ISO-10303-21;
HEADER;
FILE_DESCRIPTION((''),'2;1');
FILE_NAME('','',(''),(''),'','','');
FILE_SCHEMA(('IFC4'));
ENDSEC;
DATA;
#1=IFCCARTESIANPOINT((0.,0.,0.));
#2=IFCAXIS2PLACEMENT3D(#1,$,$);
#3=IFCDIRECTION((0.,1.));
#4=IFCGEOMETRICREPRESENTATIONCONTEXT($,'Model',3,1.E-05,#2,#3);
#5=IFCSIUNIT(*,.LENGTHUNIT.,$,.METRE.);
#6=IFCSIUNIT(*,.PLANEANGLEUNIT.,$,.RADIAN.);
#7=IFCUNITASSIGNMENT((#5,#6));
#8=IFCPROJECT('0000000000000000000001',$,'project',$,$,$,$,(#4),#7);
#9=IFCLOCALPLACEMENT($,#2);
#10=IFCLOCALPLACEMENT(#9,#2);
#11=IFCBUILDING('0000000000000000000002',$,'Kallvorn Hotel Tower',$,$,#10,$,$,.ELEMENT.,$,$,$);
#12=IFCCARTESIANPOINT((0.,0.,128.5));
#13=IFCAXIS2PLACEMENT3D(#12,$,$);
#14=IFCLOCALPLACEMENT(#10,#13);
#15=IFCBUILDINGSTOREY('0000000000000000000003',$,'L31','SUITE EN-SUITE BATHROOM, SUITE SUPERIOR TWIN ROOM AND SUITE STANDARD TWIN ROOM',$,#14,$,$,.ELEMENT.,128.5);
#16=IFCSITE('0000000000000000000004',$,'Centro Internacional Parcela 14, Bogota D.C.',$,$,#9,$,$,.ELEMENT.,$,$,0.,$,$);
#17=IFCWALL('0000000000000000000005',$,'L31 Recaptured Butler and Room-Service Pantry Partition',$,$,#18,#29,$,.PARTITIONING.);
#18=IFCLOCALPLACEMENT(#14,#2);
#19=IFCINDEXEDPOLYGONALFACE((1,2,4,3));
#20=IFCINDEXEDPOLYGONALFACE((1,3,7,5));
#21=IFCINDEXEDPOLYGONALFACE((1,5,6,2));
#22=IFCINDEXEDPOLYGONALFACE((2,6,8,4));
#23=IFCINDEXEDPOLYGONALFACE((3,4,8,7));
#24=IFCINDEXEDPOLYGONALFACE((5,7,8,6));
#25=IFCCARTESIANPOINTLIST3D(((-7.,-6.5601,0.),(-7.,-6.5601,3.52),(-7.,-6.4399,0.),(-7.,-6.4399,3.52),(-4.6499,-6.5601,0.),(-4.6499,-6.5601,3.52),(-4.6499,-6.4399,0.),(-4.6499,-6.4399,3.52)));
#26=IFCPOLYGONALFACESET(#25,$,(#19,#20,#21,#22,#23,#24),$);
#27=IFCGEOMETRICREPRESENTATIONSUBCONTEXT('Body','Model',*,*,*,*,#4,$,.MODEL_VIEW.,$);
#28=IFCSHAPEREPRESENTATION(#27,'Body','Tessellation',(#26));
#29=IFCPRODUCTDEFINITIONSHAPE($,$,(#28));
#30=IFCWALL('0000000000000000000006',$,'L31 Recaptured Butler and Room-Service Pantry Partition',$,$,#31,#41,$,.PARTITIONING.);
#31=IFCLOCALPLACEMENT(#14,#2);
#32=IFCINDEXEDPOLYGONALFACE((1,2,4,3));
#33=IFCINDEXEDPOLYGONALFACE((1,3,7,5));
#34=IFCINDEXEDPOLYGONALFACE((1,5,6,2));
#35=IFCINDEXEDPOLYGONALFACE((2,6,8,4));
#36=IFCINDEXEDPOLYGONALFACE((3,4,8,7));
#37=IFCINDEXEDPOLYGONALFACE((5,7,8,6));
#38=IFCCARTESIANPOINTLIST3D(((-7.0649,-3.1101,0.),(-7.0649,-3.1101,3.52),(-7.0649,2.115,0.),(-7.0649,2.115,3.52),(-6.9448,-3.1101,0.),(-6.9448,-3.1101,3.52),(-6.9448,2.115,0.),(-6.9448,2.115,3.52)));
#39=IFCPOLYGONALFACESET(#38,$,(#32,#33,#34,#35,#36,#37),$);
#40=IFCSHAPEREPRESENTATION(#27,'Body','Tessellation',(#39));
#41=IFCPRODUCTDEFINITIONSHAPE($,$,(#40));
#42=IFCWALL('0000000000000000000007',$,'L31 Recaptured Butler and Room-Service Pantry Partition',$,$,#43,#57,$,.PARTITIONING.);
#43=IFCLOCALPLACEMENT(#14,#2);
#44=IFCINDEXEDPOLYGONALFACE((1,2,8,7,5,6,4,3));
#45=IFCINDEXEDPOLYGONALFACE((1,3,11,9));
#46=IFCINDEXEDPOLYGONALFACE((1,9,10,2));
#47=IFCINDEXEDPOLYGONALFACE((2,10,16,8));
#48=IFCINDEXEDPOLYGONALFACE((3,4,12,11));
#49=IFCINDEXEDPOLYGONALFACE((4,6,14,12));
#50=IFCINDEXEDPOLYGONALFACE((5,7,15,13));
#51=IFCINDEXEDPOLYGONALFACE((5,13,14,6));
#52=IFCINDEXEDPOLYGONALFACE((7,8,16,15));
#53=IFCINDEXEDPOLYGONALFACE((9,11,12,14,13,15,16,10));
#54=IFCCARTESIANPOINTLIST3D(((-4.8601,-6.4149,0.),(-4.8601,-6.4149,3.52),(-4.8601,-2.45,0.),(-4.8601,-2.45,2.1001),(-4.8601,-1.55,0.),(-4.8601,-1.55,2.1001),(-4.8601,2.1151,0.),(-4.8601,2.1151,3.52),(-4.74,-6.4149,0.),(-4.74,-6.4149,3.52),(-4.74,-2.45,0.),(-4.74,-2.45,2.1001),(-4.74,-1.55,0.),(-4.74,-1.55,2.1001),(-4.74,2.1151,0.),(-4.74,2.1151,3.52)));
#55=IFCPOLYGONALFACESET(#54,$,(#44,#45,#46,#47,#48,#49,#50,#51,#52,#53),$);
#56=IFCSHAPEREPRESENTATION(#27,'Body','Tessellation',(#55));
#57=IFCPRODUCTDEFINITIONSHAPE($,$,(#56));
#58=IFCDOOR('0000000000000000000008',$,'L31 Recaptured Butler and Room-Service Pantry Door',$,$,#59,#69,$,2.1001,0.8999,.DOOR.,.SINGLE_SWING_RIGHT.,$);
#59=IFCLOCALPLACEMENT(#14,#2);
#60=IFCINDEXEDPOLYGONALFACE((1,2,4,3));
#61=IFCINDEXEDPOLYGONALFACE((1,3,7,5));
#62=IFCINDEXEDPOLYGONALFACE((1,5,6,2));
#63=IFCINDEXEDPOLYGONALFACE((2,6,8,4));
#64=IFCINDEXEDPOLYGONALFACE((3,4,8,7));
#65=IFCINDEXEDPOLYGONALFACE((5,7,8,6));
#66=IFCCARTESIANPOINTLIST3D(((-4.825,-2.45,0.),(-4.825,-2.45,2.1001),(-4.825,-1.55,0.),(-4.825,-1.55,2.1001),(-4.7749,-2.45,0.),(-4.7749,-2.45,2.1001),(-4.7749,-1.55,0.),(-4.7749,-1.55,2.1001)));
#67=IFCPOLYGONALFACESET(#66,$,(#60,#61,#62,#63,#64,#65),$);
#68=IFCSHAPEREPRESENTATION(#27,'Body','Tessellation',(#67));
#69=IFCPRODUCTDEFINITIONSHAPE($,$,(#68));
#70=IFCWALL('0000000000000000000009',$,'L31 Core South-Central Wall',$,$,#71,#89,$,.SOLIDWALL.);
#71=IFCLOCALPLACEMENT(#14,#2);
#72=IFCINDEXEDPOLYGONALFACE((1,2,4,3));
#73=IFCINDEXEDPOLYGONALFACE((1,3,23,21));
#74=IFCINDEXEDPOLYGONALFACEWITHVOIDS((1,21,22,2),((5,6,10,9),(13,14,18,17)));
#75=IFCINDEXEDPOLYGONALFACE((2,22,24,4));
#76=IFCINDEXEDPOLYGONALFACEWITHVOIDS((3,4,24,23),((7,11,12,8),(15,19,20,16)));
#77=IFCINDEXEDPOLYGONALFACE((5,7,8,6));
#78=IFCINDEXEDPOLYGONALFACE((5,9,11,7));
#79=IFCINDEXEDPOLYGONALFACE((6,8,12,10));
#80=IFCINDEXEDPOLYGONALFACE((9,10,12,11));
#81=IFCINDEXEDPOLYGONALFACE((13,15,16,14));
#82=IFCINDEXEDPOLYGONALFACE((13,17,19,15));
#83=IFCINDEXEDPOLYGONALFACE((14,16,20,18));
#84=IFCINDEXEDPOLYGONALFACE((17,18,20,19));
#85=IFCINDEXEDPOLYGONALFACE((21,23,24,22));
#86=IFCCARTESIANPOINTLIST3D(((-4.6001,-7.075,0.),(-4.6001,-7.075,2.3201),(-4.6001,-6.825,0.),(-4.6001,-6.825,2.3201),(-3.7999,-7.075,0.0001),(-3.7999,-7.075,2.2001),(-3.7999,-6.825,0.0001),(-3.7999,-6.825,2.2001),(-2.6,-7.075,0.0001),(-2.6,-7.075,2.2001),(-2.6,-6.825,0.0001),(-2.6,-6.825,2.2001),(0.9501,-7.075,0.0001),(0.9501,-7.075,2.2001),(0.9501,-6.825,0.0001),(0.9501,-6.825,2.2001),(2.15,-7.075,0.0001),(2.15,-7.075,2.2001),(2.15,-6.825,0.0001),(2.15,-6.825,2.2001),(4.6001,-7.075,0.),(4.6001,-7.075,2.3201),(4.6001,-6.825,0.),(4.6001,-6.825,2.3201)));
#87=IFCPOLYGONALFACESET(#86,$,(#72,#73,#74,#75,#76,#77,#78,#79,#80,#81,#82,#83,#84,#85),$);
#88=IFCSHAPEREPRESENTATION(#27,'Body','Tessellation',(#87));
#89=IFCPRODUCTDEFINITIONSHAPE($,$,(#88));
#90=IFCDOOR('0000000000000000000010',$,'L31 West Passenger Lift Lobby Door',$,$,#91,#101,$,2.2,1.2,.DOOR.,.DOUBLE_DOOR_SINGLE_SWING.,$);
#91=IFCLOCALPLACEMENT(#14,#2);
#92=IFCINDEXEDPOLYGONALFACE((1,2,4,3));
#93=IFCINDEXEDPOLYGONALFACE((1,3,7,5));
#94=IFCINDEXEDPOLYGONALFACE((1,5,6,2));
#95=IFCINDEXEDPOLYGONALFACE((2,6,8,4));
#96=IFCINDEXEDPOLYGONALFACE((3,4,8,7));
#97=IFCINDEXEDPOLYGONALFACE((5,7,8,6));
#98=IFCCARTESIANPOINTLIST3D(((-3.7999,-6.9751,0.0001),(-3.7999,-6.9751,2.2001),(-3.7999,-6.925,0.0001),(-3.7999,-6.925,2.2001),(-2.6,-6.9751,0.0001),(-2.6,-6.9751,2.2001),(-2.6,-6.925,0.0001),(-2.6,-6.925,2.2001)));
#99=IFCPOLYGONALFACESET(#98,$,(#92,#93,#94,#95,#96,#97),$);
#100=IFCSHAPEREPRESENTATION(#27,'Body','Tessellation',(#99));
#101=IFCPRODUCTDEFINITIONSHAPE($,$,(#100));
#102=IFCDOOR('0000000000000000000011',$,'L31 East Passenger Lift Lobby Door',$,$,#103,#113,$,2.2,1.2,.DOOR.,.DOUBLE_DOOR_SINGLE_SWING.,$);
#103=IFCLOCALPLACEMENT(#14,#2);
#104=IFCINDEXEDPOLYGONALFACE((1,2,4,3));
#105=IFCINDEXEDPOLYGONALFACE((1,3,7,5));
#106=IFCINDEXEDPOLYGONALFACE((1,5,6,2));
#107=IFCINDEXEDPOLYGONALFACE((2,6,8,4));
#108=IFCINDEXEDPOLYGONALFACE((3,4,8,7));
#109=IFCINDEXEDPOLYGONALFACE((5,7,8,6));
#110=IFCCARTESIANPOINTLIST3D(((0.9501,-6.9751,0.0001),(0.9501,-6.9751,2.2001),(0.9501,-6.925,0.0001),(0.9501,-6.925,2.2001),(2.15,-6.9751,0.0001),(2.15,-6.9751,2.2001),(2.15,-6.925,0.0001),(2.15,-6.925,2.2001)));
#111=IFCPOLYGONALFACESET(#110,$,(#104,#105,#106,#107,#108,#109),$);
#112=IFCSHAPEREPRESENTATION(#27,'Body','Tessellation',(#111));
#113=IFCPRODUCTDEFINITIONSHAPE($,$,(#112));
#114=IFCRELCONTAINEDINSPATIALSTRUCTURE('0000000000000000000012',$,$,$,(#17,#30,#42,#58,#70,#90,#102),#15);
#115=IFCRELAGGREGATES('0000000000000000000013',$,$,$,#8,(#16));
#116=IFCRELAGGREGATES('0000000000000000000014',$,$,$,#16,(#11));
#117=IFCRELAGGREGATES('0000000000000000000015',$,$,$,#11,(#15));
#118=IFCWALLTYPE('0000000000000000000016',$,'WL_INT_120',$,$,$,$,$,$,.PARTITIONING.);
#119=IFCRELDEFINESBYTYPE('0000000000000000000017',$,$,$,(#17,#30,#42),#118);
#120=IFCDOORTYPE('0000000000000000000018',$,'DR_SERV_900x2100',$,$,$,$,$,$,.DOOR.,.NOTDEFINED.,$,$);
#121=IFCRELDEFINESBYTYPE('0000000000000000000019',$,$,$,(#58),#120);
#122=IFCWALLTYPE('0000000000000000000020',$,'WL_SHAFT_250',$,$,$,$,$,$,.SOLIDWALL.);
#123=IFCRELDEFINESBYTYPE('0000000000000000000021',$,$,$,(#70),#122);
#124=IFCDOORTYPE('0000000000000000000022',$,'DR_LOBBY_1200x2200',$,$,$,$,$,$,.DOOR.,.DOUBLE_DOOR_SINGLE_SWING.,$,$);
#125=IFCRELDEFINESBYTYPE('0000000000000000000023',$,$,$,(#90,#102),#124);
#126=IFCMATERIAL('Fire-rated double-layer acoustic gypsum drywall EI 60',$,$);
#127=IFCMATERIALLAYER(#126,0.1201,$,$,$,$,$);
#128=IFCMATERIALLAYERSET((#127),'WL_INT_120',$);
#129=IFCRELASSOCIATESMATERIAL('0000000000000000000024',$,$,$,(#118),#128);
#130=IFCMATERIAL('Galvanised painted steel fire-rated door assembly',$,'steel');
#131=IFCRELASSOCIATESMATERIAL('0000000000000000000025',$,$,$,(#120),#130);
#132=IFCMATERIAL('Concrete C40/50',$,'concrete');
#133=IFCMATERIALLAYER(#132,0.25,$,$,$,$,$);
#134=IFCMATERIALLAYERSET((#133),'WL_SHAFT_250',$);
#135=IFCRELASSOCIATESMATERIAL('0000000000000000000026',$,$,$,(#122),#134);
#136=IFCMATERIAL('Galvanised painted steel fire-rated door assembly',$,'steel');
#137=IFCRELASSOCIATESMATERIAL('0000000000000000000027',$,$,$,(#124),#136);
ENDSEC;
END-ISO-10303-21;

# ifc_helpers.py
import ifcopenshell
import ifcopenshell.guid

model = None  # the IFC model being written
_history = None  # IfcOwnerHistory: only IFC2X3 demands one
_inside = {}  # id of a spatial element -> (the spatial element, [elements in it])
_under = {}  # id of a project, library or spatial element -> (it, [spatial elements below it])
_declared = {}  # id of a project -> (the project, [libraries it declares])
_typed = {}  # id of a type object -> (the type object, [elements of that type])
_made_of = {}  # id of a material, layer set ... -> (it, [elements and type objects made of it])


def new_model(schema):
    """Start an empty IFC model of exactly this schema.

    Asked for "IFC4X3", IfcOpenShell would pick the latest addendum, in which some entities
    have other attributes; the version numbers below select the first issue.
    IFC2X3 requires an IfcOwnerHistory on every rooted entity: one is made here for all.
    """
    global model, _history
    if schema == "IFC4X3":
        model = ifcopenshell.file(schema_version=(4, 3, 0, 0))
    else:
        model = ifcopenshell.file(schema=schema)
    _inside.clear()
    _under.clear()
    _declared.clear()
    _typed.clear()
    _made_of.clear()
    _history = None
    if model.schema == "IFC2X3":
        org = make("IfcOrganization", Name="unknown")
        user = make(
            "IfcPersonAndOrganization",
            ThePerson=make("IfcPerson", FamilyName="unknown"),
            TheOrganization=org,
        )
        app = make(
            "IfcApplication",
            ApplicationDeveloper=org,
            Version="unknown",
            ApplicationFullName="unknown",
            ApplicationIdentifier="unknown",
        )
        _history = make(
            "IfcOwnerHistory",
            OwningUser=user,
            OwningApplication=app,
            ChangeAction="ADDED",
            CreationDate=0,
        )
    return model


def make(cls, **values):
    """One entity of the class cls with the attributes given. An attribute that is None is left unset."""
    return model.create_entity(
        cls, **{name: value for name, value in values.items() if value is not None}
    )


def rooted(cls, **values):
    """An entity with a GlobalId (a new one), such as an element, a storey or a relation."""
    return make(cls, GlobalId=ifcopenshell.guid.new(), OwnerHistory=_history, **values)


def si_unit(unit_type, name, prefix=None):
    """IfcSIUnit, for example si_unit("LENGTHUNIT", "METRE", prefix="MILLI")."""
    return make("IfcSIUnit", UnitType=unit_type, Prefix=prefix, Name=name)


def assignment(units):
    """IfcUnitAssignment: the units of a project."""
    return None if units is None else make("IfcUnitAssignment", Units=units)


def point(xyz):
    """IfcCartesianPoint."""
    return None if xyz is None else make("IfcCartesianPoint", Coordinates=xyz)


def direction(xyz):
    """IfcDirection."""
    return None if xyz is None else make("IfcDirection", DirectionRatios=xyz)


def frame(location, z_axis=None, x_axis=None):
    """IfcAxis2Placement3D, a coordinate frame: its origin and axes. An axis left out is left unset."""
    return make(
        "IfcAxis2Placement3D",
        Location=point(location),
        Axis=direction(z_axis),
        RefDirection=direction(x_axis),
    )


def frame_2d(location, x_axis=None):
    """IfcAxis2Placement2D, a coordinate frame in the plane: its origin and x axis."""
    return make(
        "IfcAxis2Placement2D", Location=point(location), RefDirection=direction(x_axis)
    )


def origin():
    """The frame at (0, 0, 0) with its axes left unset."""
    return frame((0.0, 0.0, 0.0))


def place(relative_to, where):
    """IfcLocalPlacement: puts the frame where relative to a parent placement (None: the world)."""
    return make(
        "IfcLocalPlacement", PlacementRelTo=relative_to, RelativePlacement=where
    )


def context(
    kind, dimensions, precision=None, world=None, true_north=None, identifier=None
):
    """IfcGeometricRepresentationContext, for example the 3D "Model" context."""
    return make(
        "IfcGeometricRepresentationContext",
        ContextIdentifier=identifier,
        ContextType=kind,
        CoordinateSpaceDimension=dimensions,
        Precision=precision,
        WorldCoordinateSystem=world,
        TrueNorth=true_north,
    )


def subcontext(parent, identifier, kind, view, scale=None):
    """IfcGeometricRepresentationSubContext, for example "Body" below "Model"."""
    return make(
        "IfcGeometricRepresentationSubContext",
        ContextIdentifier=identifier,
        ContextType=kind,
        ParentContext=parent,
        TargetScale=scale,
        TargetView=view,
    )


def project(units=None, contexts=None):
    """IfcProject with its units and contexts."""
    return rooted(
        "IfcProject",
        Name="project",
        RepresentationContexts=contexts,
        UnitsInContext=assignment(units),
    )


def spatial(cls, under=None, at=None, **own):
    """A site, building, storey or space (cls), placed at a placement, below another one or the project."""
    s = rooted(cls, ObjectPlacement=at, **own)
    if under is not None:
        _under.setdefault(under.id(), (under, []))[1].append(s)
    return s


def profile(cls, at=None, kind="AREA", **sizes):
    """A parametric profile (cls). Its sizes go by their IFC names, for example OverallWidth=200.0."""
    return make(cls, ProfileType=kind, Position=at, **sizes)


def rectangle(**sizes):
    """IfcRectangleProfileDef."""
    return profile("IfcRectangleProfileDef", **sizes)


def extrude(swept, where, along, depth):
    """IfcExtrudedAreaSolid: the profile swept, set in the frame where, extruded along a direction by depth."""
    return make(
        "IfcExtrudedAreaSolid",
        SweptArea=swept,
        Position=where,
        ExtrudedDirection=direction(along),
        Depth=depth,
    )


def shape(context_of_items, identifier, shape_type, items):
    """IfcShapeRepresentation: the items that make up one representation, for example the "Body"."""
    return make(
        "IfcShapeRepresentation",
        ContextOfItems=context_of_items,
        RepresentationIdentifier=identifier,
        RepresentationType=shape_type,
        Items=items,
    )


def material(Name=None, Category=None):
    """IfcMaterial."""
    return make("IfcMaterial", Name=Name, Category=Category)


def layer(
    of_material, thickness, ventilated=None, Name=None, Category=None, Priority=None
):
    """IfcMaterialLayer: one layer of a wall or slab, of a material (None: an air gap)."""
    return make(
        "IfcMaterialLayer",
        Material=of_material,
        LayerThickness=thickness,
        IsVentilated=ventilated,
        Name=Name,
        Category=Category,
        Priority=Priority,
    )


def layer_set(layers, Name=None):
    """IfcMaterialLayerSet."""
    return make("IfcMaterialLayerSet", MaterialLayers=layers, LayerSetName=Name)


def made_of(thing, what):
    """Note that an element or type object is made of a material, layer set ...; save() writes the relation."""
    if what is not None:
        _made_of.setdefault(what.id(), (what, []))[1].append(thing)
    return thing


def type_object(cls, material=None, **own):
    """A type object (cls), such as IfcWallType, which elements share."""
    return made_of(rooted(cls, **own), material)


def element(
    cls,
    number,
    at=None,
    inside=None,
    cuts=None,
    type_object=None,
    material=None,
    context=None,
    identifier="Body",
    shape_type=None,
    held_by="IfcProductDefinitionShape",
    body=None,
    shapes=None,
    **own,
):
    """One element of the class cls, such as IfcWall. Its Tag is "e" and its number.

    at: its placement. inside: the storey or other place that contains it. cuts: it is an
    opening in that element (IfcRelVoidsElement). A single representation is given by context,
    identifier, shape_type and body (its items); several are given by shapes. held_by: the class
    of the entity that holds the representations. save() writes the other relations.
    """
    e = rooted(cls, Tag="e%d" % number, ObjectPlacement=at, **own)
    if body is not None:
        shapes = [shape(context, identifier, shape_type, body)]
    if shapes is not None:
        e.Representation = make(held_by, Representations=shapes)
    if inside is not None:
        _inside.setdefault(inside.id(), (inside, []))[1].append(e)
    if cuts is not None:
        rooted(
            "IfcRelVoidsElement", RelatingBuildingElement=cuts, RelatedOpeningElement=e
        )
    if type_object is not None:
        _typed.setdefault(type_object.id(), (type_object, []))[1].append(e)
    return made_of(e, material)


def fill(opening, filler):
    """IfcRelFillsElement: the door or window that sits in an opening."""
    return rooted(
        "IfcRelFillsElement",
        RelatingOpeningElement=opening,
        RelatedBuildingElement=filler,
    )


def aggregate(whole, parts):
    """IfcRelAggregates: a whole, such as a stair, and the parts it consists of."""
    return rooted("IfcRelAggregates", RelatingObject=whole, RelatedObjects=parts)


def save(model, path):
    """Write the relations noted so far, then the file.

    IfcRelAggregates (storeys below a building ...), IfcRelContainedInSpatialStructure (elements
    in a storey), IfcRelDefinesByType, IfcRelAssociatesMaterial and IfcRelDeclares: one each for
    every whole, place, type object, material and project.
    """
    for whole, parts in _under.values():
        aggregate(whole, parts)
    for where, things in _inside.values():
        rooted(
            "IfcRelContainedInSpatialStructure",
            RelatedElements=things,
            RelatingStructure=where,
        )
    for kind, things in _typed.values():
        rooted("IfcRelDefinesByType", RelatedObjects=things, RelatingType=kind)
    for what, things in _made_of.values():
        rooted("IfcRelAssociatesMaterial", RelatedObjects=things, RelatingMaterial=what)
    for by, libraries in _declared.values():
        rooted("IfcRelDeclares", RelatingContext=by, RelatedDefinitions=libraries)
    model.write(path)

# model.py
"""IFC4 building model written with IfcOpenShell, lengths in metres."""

from ifc_helpers import new_model, si_unit, direction, frame, frame_2d, origin, place, context, subcontext, project, spatial, rectangle, extrude, material, layer, layer_set, type_object, element, fill, save


model = new_model("IFC4")

# Units and contexts
model_context = context("Model", 3, precision=1e-05, world=origin(), true_north=direction((0.0, 1.0)))
body_context = subcontext(model_context, "Body", "Model", "MODEL_VIEW")
ifc_project = project(units=[si_unit("LENGTHUNIT", "METRE"), si_unit("PLANEANGLEUNIT", "RADIAN")], contexts=[model_context])

# Site, building, storey
site_placement = place(None, origin())
site = spatial("IfcSite", under=ifc_project, at=site_placement, Name="Centro Internacional Parcela 14, Bogota D.C.", CompositionType="ELEMENT", RefElevation=0.0)
building_placement = place(site_placement, origin())
building = spatial("IfcBuilding", under=site, at=building_placement, Name="Kallvorn Hotel Tower", CompositionType="ELEMENT")
storey_placement = place(building_placement, frame((0.0, 0.0, 128.5)))
storey = spatial("IfcBuildingStorey", under=building, at=storey_placement, Name="L31", Description="SUITE EN-SUITE BATHROOM, SUITE SUPERIOR TWIN ROOM AND SUITE STANDARD TWIN ROOM", CompositionType="ELEMENT", Elevation=128.5)

# Walls
ifc_material_1 = material(Name="Fire-rated double-layer acoustic gypsum drywall EI 60")
ifc_layer_1 = layer(ifc_material_1, 0.1201)
ifc_layer_set_1 = layer_set([ifc_layer_1], Name="WL_INT_120")
wall_type_1 = type_object("IfcWallType", Name="WL_INT_120", PredefinedType="PARTITIONING", material=ifc_layer_set_1)
wall_1_placement = place(storey_placement, frame((-7.0, -6.5, 0.0), z_axis=(0.0, 0.0, 1.0), x_axis=(1.0, 0.0, 0.0)))
element("IfcWall", 1, at=wall_1_placement, inside=storey, type_object=wall_type_1, Name="L31 Recaptured Butler and Room-Service Pantry Partition", PredefinedType="PARTITIONING", context=body_context, shape_type="SweptSolid", body=[
    extrude(rectangle(XDim=2.3501, YDim=0.1201, at=frame_2d((1.175, 0.0))), origin(), (0.0, 0.0, 1.0), 3.52),
])
wall_2_placement = place(storey_placement, frame((-7.0049, -3.1101, 0.0), z_axis=(0.0, 0.0, 1.0), x_axis=(0.0, 1.0, 0.0)))
element("IfcWall", 2, at=wall_2_placement, inside=storey, type_object=wall_type_1, Name="L31 Recaptured Butler and Room-Service Pantry Partition", PredefinedType="PARTITIONING", context=body_context, shape_type="SweptSolid", body=[
    extrude(rectangle(XDim=5.2251, YDim=0.1201, at=frame_2d((2.6125, 0.0))), origin(), (0.0, 0.0, 1.0), 3.52),
])

# Wall, opening, door
wall_3_placement = place(storey_placement, frame((-4.8, -6.415, 0.0), z_axis=(0.0, 0.0, 1.0), x_axis=(0.0, 1.0, 0.0)))
wall_3 = element("IfcWall", 3, at=wall_3_placement, inside=storey, type_object=wall_type_1, Name="L31 Recaptured Butler and Room-Service Pantry Partition", PredefinedType="PARTITIONING", context=body_context, shape_type="SweptSolid", body=[
    extrude(rectangle(XDim=8.53, YDim=0.1201, at=frame_2d((4.2651, 0.0))), origin(), (0.0, 0.0, 1.0), 3.52),
])
opening_1_placement = place(wall_3_placement, frame((3.9651, 0.0, 0.0)))
opening_1 = element("IfcOpeningElement", 4, at=opening_1_placement, cuts=wall_3, PredefinedType="OPENING", context=body_context, shape_type="SweptSolid", body=[
    extrude(rectangle(XDim=0.8999, YDim=2.1001, at=frame_2d((0.45, 1.05))), frame((0.0, 0.075, 0.0), z_axis=(0.0, -1.0, 0.0), x_axis=(1.0, 0.0, 0.0)), (0.0, 0.0, 1.0), 0.1501),
])
ifc_material_2 = material(Name="Galvanised painted steel fire-rated door assembly", Category="steel")
door_type_1 = type_object("IfcDoorType", Name="DR_SERV_900x2100", OperationType="NOTDEFINED", PredefinedType="DOOR", material=ifc_material_2)
door_1_placement = place(opening_1_placement, origin())
door_1 = element("IfcDoor", 5, at=door_1_placement, inside=storey, type_object=door_type_1, Name="L31 Recaptured Butler and Room-Service Pantry Door", OperationType="SINGLE_SWING_RIGHT", OverallHeight=2.1001, OverallWidth=0.8999, PredefinedType="DOOR", context=body_context, shape_type="SweptSolid", body=[
    extrude(rectangle(XDim=0.8999, YDim=2.1001, at=frame_2d((0.45, 1.05))), frame((0.0, 0.0249, 0.0), z_axis=(0.0, -1.0, 0.0), x_axis=(1.0, 0.0, 0.0)), (0.0, 0.0, 1.0), 0.05),
])
fill(opening_1, door_1)

# Wall, openings, doors
ifc_material_3 = material(Name="Concrete C40/50", Category="concrete")
ifc_layer_2 = layer(ifc_material_3, 0.25)
ifc_layer_set_2 = layer_set([ifc_layer_2], Name="WL_SHAFT_250")
wall_type_2 = type_object("IfcWallType", Name="WL_SHAFT_250", PredefinedType="SOLIDWALL", material=ifc_layer_set_2)
wall_4_placement = place(storey_placement, frame((-4.6001, -6.95, 0.0), z_axis=(0.0, 0.0, 1.0), x_axis=(1.0, 0.0, 0.0)))
wall_4 = element("IfcWall", 6, at=wall_4_placement, inside=storey, type_object=wall_type_2, Name="L31 Core South-Central Wall", PredefinedType="SOLIDWALL", context=body_context, shape_type="SweptSolid", body=[
    extrude(rectangle(XDim=9.2002, YDim=0.25, at=frame_2d((4.6001, 0.0))), origin(), (0.0, 0.0, 1.0), 2.3201),
])
opening_2_placement = place(wall_4_placement, frame((0.8, 0.0, 0.0)))
opening_2 = element("IfcOpeningElement", 7, at=opening_2_placement, cuts=wall_4, PredefinedType="OPENING", context=body_context, shape_type="SweptSolid", body=[
    extrude(rectangle(XDim=1.2, YDim=2.2, at=frame_2d((0.6001, 1.1001))), frame((0.0, 0.1399, 0.0), z_axis=(0.0, -1.0, 0.0), x_axis=(1.0, 0.0, 0.0)), (0.0, 0.0, 1.0), 0.28),
])
opening_3_placement = place(wall_4_placement, frame((5.55, 0.0, 0.0)))
opening_3 = element("IfcOpeningElement", 8, at=opening_3_placement, cuts=wall_4, PredefinedType="OPENING", context=body_context, shape_type="SweptSolid", body=[
    extrude(rectangle(XDim=1.2, YDim=2.2, at=frame_2d((0.6001, 1.1001))), frame((0.0, 0.1399, 0.0), z_axis=(0.0, -1.0, 0.0), x_axis=(1.0, 0.0, 0.0)), (0.0, 0.0, 1.0), 0.28),
])
ifc_material_4 = material(Name="Galvanised painted steel fire-rated door assembly", Category="steel")
door_type_2 = type_object("IfcDoorType", Name="DR_LOBBY_1200x2200", OperationType="DOUBLE_DOOR_SINGLE_SWING", PredefinedType="DOOR", material=ifc_material_4)
door_2_placement = place(opening_2_placement, origin())
door_2 = element("IfcDoor", 9, at=door_2_placement, inside=storey, type_object=door_type_2, Name="L31 West Passenger Lift Lobby Door", OperationType="DOUBLE_DOOR_SINGLE_SWING", OverallHeight=2.2, OverallWidth=1.2, PredefinedType="DOOR", context=body_context, shape_type="SweptSolid", body=[
    extrude(rectangle(XDim=1.2, YDim=2.2, at=frame_2d((0.6001, 1.1001))), frame((0.0, 0.0249, 0.0), z_axis=(0.0, -1.0, 0.0), x_axis=(1.0, 0.0, 0.0)), (0.0, 0.0, 1.0), 0.05),
])
fill(opening_2, door_2)
door_3_placement = place(opening_3_placement, origin())
door_3 = element("IfcDoor", 10, at=door_3_placement, inside=storey, type_object=door_type_2, Name="L31 East Passenger Lift Lobby Door", OperationType="DOUBLE_DOOR_SINGLE_SWING", OverallHeight=2.2, OverallWidth=1.2, PredefinedType="DOOR", context=body_context, shape_type="SweptSolid", body=[
    extrude(rectangle(XDim=1.2, YDim=2.2, at=frame_2d((0.6001, 1.1001))), frame((0.0, 0.0249, 0.0), z_axis=(0.0, -1.0, 0.0), x_axis=(1.0, 0.0, 0.0)), (0.0, 0.0, 1.0), 0.05),
])
fill(opening_3, door_3)

save(model, "model.ifc")
